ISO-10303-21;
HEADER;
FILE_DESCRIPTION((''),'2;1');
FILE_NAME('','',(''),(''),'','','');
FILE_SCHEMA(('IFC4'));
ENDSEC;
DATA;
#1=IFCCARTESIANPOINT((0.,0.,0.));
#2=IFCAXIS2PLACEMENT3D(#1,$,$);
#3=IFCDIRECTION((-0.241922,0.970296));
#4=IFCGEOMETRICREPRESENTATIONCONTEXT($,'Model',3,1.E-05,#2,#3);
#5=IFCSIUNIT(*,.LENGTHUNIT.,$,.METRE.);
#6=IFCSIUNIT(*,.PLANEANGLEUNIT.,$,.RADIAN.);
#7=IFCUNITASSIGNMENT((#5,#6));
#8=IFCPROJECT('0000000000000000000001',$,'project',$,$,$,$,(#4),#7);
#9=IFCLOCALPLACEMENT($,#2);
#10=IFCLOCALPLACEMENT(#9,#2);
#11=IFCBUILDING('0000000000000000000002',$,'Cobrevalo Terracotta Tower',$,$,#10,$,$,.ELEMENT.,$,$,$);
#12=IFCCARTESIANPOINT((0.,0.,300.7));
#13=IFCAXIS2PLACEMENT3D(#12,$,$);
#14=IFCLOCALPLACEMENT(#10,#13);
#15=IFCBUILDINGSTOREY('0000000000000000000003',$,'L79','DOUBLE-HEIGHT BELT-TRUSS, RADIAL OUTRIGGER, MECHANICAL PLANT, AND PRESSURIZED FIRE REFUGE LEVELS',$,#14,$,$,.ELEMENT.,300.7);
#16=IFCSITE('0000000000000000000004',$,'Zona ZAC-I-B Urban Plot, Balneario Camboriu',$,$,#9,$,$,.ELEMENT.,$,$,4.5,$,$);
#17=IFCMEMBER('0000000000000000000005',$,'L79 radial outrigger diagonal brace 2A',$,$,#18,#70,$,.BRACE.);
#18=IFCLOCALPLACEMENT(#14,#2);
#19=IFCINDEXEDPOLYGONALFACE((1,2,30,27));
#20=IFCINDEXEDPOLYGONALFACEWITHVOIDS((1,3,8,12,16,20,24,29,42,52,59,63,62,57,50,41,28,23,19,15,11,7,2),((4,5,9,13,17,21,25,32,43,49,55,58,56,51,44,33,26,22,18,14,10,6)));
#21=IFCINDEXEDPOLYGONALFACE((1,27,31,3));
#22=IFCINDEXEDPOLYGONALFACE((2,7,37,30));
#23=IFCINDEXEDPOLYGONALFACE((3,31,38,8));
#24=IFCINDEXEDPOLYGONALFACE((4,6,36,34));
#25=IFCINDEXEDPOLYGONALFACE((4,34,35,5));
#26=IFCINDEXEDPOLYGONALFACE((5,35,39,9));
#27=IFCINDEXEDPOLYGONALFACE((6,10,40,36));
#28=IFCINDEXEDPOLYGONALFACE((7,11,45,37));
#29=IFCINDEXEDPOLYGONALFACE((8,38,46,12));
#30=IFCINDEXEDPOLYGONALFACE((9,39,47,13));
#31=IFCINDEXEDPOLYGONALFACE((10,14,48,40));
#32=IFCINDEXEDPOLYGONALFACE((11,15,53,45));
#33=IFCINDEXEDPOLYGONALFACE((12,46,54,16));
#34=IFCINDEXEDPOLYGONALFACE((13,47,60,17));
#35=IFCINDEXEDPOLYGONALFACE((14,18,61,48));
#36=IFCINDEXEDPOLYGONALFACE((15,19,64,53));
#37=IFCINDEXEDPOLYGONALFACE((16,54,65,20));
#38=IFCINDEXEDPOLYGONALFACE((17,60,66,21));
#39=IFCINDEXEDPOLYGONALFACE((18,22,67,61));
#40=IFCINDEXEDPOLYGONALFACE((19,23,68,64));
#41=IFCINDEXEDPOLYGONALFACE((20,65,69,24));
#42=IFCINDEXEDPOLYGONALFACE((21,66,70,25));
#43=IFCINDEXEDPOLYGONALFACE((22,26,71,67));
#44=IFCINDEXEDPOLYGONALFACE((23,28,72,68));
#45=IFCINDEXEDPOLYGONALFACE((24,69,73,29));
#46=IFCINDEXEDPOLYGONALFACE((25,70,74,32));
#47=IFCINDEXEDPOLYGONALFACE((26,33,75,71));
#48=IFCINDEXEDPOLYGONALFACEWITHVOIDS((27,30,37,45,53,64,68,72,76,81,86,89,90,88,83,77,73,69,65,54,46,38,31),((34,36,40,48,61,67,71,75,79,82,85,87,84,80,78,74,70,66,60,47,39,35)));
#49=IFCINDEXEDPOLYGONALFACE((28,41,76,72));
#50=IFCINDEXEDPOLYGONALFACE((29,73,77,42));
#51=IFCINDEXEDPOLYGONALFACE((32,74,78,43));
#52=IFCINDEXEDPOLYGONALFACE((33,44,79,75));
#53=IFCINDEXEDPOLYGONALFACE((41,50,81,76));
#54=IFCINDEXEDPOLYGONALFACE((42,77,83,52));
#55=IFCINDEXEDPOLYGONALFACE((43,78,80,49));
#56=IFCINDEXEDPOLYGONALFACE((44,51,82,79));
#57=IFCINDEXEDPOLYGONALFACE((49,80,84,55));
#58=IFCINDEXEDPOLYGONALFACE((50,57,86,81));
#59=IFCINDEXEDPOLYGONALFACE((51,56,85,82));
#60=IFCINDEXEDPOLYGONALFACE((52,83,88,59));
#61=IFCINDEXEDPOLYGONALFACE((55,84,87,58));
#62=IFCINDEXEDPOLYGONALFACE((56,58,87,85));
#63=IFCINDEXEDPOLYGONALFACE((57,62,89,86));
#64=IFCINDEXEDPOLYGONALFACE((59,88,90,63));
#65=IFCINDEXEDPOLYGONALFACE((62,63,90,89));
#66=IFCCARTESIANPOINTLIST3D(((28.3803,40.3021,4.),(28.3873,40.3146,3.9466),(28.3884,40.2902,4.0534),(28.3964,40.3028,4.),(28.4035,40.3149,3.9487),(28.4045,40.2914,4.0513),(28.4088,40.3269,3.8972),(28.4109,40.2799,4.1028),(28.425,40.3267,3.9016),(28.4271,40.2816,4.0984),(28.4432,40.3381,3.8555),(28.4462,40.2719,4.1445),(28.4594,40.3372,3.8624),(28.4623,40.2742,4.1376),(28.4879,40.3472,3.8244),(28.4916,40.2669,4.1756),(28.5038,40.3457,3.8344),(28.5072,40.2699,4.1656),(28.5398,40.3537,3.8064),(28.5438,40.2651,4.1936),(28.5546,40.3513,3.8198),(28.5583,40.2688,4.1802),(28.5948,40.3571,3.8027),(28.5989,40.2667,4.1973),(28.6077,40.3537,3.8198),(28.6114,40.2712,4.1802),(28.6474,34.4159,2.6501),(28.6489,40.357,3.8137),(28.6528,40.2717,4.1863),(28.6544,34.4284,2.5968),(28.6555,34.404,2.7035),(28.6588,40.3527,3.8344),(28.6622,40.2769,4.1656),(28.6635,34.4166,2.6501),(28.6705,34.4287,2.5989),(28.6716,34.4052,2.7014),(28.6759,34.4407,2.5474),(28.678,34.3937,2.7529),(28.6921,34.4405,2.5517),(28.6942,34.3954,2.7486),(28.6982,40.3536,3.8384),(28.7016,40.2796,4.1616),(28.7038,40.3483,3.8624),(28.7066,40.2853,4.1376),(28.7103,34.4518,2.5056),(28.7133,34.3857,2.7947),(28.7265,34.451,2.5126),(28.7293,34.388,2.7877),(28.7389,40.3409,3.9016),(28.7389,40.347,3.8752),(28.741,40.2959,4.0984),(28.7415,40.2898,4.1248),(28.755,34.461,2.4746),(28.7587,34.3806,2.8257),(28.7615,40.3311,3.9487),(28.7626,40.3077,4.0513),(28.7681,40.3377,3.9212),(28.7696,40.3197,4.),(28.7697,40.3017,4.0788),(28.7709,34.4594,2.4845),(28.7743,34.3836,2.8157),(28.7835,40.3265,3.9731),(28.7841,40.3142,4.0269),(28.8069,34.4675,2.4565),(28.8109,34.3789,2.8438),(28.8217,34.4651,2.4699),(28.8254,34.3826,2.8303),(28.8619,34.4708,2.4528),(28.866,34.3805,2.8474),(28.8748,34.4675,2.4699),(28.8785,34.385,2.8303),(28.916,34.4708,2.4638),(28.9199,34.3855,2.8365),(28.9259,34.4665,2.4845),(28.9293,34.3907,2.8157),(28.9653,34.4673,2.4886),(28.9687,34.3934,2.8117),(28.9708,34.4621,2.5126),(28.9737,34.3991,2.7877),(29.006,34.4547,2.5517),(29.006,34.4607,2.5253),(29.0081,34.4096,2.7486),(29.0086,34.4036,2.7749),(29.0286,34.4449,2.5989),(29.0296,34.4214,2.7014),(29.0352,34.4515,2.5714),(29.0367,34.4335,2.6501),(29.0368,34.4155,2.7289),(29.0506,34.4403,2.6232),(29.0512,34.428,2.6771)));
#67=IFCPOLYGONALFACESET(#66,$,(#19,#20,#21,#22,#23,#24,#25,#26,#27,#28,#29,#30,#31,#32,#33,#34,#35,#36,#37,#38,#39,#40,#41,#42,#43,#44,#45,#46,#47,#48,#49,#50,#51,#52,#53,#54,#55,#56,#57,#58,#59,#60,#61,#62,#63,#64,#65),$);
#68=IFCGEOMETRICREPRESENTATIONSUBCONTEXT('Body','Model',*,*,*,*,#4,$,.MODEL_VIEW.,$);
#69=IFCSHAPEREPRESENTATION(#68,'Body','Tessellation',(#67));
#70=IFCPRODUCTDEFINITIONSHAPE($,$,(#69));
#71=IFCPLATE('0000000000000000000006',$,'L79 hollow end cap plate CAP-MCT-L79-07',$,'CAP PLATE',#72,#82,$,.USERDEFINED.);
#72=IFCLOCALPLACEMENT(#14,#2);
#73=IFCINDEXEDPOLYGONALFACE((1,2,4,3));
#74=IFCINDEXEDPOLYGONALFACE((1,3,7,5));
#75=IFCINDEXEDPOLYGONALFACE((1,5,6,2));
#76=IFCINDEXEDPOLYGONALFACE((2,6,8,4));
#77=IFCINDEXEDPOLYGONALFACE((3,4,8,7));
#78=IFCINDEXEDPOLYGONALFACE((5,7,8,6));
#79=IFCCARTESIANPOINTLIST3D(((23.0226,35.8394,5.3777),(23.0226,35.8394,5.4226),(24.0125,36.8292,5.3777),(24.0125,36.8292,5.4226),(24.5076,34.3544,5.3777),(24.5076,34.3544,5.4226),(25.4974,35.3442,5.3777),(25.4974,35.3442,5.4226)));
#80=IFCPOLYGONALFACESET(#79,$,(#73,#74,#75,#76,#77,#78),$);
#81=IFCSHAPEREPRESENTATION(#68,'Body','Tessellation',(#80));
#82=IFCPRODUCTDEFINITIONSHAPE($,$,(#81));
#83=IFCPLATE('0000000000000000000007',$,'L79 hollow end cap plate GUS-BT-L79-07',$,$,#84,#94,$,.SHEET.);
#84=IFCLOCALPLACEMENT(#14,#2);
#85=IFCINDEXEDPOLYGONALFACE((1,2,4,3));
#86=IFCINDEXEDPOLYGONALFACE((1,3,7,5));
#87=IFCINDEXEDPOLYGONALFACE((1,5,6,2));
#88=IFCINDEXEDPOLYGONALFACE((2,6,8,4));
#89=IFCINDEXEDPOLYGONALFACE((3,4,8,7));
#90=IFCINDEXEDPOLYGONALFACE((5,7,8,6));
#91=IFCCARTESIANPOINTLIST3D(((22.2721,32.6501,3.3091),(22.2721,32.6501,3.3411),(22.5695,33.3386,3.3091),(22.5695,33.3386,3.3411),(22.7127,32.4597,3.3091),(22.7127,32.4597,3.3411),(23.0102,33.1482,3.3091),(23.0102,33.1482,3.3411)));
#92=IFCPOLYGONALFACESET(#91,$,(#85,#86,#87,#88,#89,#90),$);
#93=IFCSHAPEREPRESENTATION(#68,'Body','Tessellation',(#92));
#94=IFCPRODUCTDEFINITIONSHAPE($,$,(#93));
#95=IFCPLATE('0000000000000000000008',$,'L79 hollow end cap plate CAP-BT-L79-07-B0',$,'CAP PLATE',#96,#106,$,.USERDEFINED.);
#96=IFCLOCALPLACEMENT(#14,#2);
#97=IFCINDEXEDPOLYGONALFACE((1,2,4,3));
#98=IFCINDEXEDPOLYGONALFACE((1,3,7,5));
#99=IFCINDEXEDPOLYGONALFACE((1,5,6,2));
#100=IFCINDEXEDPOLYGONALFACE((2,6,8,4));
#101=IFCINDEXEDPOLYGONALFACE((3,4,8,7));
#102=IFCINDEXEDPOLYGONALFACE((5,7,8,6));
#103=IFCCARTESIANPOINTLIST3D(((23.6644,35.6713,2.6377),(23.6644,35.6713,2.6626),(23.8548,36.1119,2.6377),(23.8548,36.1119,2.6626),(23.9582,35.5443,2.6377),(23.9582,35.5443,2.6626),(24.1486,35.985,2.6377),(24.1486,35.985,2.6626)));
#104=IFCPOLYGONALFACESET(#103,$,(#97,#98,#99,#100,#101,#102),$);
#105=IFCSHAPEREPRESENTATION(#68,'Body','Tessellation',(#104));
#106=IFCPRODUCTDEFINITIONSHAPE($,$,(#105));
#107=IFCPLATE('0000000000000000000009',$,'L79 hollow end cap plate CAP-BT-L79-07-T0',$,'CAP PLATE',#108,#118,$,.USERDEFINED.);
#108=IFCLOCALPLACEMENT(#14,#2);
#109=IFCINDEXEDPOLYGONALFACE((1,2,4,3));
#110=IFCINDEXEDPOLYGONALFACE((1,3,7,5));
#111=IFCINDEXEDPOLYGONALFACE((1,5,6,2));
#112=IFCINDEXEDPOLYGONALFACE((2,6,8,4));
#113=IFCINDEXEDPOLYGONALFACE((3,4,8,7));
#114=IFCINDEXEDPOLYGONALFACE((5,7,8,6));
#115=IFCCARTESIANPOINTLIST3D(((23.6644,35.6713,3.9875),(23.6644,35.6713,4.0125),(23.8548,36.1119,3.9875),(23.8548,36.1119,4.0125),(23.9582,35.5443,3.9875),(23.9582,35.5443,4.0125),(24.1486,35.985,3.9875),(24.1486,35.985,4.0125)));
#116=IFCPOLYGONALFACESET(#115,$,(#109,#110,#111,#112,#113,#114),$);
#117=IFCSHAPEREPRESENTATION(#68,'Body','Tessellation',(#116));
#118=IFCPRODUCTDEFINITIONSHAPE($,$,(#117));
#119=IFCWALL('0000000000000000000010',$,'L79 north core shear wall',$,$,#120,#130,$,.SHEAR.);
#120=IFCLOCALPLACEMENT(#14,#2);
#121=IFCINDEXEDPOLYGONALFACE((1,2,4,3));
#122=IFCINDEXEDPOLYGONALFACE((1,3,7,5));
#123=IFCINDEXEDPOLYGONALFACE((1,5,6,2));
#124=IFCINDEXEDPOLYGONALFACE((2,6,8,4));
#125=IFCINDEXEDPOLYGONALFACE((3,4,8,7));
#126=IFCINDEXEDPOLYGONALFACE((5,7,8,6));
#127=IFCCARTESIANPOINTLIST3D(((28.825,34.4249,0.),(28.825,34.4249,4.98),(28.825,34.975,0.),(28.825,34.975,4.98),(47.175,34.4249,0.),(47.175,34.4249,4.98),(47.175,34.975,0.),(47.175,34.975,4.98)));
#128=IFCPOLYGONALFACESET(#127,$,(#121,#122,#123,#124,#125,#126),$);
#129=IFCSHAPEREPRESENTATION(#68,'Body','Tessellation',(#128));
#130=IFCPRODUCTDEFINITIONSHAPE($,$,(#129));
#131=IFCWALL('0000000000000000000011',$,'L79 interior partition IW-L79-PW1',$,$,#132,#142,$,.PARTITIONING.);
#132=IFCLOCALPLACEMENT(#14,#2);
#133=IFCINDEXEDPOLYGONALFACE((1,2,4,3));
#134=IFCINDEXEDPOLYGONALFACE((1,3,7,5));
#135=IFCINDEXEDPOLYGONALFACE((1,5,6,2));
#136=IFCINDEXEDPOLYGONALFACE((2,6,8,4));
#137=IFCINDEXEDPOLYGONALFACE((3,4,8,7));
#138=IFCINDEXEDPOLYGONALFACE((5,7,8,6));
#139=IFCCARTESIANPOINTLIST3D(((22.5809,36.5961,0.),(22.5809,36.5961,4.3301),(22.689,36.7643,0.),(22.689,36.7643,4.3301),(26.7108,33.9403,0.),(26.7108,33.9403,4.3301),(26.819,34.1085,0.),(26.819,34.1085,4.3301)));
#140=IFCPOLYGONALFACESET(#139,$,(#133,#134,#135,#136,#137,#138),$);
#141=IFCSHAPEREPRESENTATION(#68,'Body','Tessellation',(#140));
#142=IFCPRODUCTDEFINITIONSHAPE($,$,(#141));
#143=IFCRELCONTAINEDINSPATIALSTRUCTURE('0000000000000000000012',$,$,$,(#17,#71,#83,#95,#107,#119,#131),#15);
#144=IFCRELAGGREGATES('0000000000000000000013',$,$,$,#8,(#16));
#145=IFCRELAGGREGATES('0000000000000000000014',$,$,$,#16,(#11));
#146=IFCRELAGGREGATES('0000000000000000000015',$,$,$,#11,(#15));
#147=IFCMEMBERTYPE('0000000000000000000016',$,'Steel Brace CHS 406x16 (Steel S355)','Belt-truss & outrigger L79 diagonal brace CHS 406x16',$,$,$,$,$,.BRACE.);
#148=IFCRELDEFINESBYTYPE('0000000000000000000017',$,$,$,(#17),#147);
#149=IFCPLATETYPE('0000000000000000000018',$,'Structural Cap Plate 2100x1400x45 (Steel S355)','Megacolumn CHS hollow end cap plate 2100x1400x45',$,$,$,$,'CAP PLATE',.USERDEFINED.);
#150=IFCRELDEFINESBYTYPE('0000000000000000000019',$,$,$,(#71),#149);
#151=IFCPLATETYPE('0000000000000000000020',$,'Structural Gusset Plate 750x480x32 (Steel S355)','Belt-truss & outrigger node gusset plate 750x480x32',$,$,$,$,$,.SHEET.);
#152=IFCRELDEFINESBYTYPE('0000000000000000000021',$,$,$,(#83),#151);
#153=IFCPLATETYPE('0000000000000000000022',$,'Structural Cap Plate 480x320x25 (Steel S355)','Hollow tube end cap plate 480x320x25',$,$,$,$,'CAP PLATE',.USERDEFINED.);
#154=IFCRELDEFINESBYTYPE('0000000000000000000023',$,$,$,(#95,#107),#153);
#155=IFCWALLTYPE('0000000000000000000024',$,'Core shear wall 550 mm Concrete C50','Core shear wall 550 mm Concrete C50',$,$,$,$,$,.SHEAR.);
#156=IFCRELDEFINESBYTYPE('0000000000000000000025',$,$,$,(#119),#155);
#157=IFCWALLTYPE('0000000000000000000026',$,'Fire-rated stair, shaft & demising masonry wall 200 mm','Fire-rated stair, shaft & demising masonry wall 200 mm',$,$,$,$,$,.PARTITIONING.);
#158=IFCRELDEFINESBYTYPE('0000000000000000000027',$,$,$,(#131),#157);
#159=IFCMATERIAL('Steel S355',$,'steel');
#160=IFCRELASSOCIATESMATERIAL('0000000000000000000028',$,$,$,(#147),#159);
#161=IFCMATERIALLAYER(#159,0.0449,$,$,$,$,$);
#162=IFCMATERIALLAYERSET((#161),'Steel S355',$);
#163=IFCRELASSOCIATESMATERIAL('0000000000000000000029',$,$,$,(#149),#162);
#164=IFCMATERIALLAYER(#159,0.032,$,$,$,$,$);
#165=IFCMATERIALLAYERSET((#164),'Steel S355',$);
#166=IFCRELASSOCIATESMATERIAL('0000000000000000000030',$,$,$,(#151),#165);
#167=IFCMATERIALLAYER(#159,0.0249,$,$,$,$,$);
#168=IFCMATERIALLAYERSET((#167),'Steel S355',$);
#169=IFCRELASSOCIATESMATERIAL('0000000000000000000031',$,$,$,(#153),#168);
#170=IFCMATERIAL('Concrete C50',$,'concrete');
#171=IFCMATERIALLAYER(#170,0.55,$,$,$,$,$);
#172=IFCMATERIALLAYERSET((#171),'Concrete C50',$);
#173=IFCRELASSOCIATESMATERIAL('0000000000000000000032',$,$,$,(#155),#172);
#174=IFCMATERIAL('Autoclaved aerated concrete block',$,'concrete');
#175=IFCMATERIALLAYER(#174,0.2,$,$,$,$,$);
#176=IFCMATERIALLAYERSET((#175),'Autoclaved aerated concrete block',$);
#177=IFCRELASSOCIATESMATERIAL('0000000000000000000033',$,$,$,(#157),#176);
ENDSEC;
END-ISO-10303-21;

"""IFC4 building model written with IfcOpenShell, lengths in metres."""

from ifc_helpers import new_model, si_unit, direction, frame, frame_2d, origin, origin_2d, place, context, subcontext, project, spatial, rectangle, hollow_circle, extrude, source, transform, mapped, material, layer, layer_set, material_profile, profile_set, type_object, element, save


model = new_model("IFC4")

# Units and contexts
model_context = context("Model", 3, precision=1e-05, world=origin(), true_north=direction((-0.241922, 0.970296)))
body_context = subcontext(model_context, "Body", "Model", "MODEL_VIEW")
ifc_project = project(units=[si_unit("LENGTHUNIT", "METRE"), si_unit("PLANEANGLEUNIT", "RADIAN")], contexts=[model_context])

# Site, building, storey
site_placement = place(None, origin())
site = spatial("IfcSite", under=ifc_project, at=site_placement, Name="Zona ZAC-I-B Urban Plot, Balneario Camboriu", CompositionType="ELEMENT", RefElevation=4.5)
building_placement = place(site_placement, origin())
building = spatial("IfcBuilding", under=site, at=building_placement, Name="Cobrevalo Terracotta Tower", CompositionType="ELEMENT")
storey_placement = place(building_placement, frame((0.0, 0.0, 300.7)))
storey = spatial("IfcBuildingStorey", under=building, at=storey_placement, Name="L79", Description="DOUBLE-HEIGHT BELT-TRUSS, RADIAL OUTRIGGER, MECHANICAL PLANT, AND PRESSURIZED FIRE REFUGE LEVELS", CompositionType="ELEMENT", Elevation=300.7)

# Shared definitions
ifc_material_1 = material(Name="Steel S355", Category="steel")

# Member
ifc_material_profile_1 = material_profile(ifc_material_1, hollow_circle(Radius=0.2029, WallThickness=0.0161, at=origin_2d()), Name="CHS 406x16")
ifc_profile_set_1 = profile_set([ifc_material_profile_1], Name="Steel S355")
member_type_1 = type_object("IfcMemberType", Name="Steel Brace CHS 406x16 (Steel S355)", Description="Belt-truss & outrigger L79 diagonal brace CHS 406x16", PredefinedType="BRACE", material=ifc_profile_set_1)
shared_shape_1 = source(origin(), body_context, "Body", "SweptSolid", [
    extrude(hollow_circle(Radius=0.2029, WallThickness=0.0161, at=origin_2d()), origin(), (0.0, 0.0, 1.0), 6.0449),
])
member_1_placement = place(storey_placement, frame((28.8501, 34.425, 2.6501), z_axis=(-0.044184, 0.973747, 0.223304), x_axis=(-0.998972, -0.045329, 0.0)))
element("IfcMember", 1, at=member_1_placement, inside=storey, type_object=member_type_1, Name="L79 radial outrigger diagonal brace 2A", PredefinedType="BRACE", context=body_context, shape_type="MappedRepresentation", body=[
    mapped(shared_shape_1, transform((0.0, 0.0, 0.0), scale=1.0)),
])

# Plates
ifc_layer_1 = layer(ifc_material_1, 0.0449)
ifc_layer_set_1 = layer_set([ifc_layer_1], Name="Steel S355")
plate_type_1 = type_object("IfcPlateType", Name="Structural Cap Plate 2100x1400x45 (Steel S355)", Description="Megacolumn CHS hollow end cap plate 2100x1400x45", ElementType="CAP PLATE", PredefinedType="USERDEFINED", material=ifc_layer_set_1)
shared_shape_2 = source(origin(), body_context, "Body", "SweptSolid", [
    extrude(rectangle(XDim=2.1001, YDim=1.3999, at=origin_2d()), origin(), (0.0, 0.0, 1.0), 0.0449),
])
plate_1_placement = place(storey_placement, frame((24.26, 35.5918, 5.3777), z_axis=(0.0, 0.0, 1.0), x_axis=(-0.707107, 0.707107, 0.0)))
element("IfcPlate", 2, at=plate_1_placement, inside=storey, type_object=plate_type_1, Name="L79 hollow end cap plate CAP-MCT-L79-07", ObjectType="CAP PLATE", PredefinedType="USERDEFINED", context=body_context, shape_type="MappedRepresentation", body=[
    mapped(shared_shape_2, transform((0.0, 0.0, 0.0), scale=1.0)),
])
ifc_layer_2 = layer(ifc_material_1, 0.032)
ifc_layer_set_2 = layer_set([ifc_layer_2], Name="Steel S355")
plate_type_2 = type_object("IfcPlateType", Name="Structural Gusset Plate 750x480x32 (Steel S355)", Description="Belt-truss & outrigger node gusset plate 750x480x32", PredefinedType="SHEET", material=ifc_layer_set_2)
shared_shape_3 = source(origin(), body_context, "Body", "SweptSolid", [
    extrude(rectangle(XDim=0.75, YDim=0.48, at=origin_2d()), origin(), (0.0, 0.0, 1.0), 0.032),
])
plate_2_placement = place(storey_placement, frame((22.6411, 32.8992, 3.3091), z_axis=(0.0, 0.0, 1.0), x_axis=(-0.396621, -0.917983, 0.0)))
element("IfcPlate", 3, at=plate_2_placement, inside=storey, type_object=plate_type_2, Name="L79 hollow end cap plate GUS-BT-L79-07", PredefinedType="SHEET", context=body_context, shape_type="MappedRepresentation", body=[
    mapped(shared_shape_3, transform((0.0, 0.0, 0.0), scale=1.0)),
])
ifc_layer_3 = layer(ifc_material_1, 0.0249)
ifc_layer_set_3 = layer_set([ifc_layer_3], Name="Steel S355")
plate_type_3 = type_object("IfcPlateType", Name="Structural Cap Plate 480x320x25 (Steel S355)", Description="Hollow tube end cap plate 480x320x25", ElementType="CAP PLATE", PredefinedType="USERDEFINED", material=ifc_layer_set_3)
shared_shape_4 = source(origin(), body_context, "Body", "SweptSolid", [
    extrude(rectangle(XDim=0.48, YDim=0.3201, at=origin_2d()), origin(), (0.0, 0.0, 1.0), 0.0249),
])
for number, where, z_axis, x_axis, name in (
    (4, (23.9065, 35.8281, 2.6377), (0.0, 0.0, 1.0), (-0.396621, -0.917983, 0.0), "L79 hollow end cap plate CAP-BT-L79-07-B0"),
    (5, (23.9065, 35.8281, 3.9875), (0.0, 0.0, 1.0), (-0.396621, -0.917983, 0.0), "L79 hollow end cap plate CAP-BT-L79-07-T0"),
):
    element("IfcPlate", number, at=place(storey_placement, frame(where, z_axis=z_axis, x_axis=x_axis)), inside=storey, type_object=plate_type_3, Name=name, ObjectType="CAP PLATE", PredefinedType="USERDEFINED", context=body_context, shape_type="MappedRepresentation", body=[
        mapped(shared_shape_4, transform((0.0, 0.0, 0.0), scale=1.0)),
    ])

# Walls
ifc_material_2 = material(Name="Concrete C50", Category="concrete")
ifc_layer_4 = layer(ifc_material_2, 0.55)
ifc_layer_set_4 = layer_set([ifc_layer_4], Name="Concrete C50")
wall_type_1 = type_object("IfcWallType", Name="Core shear wall 550 mm Concrete C50", Description="Core shear wall 550 mm Concrete C50", PredefinedType="SHEAR", material=ifc_layer_set_4)
wall_1_placement = place(storey_placement, frame((28.825, 34.7, 0.0), z_axis=(0.0, 0.0, 1.0), x_axis=(1.0, 0.0, 0.0)))
element("IfcWall", 6, at=wall_1_placement, inside=storey, type_object=wall_type_1, Name="L79 north core shear wall", PredefinedType="SHEAR", context=body_context, shape_type="SweptSolid", body=[
    extrude(rectangle(XDim=18.3501, YDim=0.55, at=frame_2d((9.175, 0.0))), origin(), (0.0, 0.0, 1.0), 4.98),
])
ifc_material_3 = material(Name="Autoclaved aerated concrete block", Category="concrete")
ifc_layer_5 = layer(ifc_material_3, 0.2)
ifc_layer_set_5 = layer_set([ifc_layer_5], Name="Autoclaved aerated concrete block")
wall_type_2 = type_object("IfcWallType", Name="Fire-rated stair, shaft & demising masonry wall 200 mm", Description="Fire-rated stair, shaft & demising masonry wall 200 mm", PredefinedType="PARTITIONING", material=ifc_layer_set_5)
wall_2_placement = place(storey_placement, frame((26.7649, 34.0244, 0.0), z_axis=(0.0, 0.0, 1.0), x_axis=(-0.841101, 0.540878, 0.0)))
element("IfcWall", 7, at=wall_2_placement, inside=storey, type_object=wall_type_2, Name="L79 interior partition IW-L79-PW1", PredefinedType="PARTITIONING", context=body_context, shape_type="SweptSolid", body=[
    extrude(rectangle(XDim=4.9102, YDim=0.2, at=frame_2d((2.4551, 0.0))), origin(), (0.0, 0.0, 1.0), 4.3301),
])

save(model, "model.ifc")
